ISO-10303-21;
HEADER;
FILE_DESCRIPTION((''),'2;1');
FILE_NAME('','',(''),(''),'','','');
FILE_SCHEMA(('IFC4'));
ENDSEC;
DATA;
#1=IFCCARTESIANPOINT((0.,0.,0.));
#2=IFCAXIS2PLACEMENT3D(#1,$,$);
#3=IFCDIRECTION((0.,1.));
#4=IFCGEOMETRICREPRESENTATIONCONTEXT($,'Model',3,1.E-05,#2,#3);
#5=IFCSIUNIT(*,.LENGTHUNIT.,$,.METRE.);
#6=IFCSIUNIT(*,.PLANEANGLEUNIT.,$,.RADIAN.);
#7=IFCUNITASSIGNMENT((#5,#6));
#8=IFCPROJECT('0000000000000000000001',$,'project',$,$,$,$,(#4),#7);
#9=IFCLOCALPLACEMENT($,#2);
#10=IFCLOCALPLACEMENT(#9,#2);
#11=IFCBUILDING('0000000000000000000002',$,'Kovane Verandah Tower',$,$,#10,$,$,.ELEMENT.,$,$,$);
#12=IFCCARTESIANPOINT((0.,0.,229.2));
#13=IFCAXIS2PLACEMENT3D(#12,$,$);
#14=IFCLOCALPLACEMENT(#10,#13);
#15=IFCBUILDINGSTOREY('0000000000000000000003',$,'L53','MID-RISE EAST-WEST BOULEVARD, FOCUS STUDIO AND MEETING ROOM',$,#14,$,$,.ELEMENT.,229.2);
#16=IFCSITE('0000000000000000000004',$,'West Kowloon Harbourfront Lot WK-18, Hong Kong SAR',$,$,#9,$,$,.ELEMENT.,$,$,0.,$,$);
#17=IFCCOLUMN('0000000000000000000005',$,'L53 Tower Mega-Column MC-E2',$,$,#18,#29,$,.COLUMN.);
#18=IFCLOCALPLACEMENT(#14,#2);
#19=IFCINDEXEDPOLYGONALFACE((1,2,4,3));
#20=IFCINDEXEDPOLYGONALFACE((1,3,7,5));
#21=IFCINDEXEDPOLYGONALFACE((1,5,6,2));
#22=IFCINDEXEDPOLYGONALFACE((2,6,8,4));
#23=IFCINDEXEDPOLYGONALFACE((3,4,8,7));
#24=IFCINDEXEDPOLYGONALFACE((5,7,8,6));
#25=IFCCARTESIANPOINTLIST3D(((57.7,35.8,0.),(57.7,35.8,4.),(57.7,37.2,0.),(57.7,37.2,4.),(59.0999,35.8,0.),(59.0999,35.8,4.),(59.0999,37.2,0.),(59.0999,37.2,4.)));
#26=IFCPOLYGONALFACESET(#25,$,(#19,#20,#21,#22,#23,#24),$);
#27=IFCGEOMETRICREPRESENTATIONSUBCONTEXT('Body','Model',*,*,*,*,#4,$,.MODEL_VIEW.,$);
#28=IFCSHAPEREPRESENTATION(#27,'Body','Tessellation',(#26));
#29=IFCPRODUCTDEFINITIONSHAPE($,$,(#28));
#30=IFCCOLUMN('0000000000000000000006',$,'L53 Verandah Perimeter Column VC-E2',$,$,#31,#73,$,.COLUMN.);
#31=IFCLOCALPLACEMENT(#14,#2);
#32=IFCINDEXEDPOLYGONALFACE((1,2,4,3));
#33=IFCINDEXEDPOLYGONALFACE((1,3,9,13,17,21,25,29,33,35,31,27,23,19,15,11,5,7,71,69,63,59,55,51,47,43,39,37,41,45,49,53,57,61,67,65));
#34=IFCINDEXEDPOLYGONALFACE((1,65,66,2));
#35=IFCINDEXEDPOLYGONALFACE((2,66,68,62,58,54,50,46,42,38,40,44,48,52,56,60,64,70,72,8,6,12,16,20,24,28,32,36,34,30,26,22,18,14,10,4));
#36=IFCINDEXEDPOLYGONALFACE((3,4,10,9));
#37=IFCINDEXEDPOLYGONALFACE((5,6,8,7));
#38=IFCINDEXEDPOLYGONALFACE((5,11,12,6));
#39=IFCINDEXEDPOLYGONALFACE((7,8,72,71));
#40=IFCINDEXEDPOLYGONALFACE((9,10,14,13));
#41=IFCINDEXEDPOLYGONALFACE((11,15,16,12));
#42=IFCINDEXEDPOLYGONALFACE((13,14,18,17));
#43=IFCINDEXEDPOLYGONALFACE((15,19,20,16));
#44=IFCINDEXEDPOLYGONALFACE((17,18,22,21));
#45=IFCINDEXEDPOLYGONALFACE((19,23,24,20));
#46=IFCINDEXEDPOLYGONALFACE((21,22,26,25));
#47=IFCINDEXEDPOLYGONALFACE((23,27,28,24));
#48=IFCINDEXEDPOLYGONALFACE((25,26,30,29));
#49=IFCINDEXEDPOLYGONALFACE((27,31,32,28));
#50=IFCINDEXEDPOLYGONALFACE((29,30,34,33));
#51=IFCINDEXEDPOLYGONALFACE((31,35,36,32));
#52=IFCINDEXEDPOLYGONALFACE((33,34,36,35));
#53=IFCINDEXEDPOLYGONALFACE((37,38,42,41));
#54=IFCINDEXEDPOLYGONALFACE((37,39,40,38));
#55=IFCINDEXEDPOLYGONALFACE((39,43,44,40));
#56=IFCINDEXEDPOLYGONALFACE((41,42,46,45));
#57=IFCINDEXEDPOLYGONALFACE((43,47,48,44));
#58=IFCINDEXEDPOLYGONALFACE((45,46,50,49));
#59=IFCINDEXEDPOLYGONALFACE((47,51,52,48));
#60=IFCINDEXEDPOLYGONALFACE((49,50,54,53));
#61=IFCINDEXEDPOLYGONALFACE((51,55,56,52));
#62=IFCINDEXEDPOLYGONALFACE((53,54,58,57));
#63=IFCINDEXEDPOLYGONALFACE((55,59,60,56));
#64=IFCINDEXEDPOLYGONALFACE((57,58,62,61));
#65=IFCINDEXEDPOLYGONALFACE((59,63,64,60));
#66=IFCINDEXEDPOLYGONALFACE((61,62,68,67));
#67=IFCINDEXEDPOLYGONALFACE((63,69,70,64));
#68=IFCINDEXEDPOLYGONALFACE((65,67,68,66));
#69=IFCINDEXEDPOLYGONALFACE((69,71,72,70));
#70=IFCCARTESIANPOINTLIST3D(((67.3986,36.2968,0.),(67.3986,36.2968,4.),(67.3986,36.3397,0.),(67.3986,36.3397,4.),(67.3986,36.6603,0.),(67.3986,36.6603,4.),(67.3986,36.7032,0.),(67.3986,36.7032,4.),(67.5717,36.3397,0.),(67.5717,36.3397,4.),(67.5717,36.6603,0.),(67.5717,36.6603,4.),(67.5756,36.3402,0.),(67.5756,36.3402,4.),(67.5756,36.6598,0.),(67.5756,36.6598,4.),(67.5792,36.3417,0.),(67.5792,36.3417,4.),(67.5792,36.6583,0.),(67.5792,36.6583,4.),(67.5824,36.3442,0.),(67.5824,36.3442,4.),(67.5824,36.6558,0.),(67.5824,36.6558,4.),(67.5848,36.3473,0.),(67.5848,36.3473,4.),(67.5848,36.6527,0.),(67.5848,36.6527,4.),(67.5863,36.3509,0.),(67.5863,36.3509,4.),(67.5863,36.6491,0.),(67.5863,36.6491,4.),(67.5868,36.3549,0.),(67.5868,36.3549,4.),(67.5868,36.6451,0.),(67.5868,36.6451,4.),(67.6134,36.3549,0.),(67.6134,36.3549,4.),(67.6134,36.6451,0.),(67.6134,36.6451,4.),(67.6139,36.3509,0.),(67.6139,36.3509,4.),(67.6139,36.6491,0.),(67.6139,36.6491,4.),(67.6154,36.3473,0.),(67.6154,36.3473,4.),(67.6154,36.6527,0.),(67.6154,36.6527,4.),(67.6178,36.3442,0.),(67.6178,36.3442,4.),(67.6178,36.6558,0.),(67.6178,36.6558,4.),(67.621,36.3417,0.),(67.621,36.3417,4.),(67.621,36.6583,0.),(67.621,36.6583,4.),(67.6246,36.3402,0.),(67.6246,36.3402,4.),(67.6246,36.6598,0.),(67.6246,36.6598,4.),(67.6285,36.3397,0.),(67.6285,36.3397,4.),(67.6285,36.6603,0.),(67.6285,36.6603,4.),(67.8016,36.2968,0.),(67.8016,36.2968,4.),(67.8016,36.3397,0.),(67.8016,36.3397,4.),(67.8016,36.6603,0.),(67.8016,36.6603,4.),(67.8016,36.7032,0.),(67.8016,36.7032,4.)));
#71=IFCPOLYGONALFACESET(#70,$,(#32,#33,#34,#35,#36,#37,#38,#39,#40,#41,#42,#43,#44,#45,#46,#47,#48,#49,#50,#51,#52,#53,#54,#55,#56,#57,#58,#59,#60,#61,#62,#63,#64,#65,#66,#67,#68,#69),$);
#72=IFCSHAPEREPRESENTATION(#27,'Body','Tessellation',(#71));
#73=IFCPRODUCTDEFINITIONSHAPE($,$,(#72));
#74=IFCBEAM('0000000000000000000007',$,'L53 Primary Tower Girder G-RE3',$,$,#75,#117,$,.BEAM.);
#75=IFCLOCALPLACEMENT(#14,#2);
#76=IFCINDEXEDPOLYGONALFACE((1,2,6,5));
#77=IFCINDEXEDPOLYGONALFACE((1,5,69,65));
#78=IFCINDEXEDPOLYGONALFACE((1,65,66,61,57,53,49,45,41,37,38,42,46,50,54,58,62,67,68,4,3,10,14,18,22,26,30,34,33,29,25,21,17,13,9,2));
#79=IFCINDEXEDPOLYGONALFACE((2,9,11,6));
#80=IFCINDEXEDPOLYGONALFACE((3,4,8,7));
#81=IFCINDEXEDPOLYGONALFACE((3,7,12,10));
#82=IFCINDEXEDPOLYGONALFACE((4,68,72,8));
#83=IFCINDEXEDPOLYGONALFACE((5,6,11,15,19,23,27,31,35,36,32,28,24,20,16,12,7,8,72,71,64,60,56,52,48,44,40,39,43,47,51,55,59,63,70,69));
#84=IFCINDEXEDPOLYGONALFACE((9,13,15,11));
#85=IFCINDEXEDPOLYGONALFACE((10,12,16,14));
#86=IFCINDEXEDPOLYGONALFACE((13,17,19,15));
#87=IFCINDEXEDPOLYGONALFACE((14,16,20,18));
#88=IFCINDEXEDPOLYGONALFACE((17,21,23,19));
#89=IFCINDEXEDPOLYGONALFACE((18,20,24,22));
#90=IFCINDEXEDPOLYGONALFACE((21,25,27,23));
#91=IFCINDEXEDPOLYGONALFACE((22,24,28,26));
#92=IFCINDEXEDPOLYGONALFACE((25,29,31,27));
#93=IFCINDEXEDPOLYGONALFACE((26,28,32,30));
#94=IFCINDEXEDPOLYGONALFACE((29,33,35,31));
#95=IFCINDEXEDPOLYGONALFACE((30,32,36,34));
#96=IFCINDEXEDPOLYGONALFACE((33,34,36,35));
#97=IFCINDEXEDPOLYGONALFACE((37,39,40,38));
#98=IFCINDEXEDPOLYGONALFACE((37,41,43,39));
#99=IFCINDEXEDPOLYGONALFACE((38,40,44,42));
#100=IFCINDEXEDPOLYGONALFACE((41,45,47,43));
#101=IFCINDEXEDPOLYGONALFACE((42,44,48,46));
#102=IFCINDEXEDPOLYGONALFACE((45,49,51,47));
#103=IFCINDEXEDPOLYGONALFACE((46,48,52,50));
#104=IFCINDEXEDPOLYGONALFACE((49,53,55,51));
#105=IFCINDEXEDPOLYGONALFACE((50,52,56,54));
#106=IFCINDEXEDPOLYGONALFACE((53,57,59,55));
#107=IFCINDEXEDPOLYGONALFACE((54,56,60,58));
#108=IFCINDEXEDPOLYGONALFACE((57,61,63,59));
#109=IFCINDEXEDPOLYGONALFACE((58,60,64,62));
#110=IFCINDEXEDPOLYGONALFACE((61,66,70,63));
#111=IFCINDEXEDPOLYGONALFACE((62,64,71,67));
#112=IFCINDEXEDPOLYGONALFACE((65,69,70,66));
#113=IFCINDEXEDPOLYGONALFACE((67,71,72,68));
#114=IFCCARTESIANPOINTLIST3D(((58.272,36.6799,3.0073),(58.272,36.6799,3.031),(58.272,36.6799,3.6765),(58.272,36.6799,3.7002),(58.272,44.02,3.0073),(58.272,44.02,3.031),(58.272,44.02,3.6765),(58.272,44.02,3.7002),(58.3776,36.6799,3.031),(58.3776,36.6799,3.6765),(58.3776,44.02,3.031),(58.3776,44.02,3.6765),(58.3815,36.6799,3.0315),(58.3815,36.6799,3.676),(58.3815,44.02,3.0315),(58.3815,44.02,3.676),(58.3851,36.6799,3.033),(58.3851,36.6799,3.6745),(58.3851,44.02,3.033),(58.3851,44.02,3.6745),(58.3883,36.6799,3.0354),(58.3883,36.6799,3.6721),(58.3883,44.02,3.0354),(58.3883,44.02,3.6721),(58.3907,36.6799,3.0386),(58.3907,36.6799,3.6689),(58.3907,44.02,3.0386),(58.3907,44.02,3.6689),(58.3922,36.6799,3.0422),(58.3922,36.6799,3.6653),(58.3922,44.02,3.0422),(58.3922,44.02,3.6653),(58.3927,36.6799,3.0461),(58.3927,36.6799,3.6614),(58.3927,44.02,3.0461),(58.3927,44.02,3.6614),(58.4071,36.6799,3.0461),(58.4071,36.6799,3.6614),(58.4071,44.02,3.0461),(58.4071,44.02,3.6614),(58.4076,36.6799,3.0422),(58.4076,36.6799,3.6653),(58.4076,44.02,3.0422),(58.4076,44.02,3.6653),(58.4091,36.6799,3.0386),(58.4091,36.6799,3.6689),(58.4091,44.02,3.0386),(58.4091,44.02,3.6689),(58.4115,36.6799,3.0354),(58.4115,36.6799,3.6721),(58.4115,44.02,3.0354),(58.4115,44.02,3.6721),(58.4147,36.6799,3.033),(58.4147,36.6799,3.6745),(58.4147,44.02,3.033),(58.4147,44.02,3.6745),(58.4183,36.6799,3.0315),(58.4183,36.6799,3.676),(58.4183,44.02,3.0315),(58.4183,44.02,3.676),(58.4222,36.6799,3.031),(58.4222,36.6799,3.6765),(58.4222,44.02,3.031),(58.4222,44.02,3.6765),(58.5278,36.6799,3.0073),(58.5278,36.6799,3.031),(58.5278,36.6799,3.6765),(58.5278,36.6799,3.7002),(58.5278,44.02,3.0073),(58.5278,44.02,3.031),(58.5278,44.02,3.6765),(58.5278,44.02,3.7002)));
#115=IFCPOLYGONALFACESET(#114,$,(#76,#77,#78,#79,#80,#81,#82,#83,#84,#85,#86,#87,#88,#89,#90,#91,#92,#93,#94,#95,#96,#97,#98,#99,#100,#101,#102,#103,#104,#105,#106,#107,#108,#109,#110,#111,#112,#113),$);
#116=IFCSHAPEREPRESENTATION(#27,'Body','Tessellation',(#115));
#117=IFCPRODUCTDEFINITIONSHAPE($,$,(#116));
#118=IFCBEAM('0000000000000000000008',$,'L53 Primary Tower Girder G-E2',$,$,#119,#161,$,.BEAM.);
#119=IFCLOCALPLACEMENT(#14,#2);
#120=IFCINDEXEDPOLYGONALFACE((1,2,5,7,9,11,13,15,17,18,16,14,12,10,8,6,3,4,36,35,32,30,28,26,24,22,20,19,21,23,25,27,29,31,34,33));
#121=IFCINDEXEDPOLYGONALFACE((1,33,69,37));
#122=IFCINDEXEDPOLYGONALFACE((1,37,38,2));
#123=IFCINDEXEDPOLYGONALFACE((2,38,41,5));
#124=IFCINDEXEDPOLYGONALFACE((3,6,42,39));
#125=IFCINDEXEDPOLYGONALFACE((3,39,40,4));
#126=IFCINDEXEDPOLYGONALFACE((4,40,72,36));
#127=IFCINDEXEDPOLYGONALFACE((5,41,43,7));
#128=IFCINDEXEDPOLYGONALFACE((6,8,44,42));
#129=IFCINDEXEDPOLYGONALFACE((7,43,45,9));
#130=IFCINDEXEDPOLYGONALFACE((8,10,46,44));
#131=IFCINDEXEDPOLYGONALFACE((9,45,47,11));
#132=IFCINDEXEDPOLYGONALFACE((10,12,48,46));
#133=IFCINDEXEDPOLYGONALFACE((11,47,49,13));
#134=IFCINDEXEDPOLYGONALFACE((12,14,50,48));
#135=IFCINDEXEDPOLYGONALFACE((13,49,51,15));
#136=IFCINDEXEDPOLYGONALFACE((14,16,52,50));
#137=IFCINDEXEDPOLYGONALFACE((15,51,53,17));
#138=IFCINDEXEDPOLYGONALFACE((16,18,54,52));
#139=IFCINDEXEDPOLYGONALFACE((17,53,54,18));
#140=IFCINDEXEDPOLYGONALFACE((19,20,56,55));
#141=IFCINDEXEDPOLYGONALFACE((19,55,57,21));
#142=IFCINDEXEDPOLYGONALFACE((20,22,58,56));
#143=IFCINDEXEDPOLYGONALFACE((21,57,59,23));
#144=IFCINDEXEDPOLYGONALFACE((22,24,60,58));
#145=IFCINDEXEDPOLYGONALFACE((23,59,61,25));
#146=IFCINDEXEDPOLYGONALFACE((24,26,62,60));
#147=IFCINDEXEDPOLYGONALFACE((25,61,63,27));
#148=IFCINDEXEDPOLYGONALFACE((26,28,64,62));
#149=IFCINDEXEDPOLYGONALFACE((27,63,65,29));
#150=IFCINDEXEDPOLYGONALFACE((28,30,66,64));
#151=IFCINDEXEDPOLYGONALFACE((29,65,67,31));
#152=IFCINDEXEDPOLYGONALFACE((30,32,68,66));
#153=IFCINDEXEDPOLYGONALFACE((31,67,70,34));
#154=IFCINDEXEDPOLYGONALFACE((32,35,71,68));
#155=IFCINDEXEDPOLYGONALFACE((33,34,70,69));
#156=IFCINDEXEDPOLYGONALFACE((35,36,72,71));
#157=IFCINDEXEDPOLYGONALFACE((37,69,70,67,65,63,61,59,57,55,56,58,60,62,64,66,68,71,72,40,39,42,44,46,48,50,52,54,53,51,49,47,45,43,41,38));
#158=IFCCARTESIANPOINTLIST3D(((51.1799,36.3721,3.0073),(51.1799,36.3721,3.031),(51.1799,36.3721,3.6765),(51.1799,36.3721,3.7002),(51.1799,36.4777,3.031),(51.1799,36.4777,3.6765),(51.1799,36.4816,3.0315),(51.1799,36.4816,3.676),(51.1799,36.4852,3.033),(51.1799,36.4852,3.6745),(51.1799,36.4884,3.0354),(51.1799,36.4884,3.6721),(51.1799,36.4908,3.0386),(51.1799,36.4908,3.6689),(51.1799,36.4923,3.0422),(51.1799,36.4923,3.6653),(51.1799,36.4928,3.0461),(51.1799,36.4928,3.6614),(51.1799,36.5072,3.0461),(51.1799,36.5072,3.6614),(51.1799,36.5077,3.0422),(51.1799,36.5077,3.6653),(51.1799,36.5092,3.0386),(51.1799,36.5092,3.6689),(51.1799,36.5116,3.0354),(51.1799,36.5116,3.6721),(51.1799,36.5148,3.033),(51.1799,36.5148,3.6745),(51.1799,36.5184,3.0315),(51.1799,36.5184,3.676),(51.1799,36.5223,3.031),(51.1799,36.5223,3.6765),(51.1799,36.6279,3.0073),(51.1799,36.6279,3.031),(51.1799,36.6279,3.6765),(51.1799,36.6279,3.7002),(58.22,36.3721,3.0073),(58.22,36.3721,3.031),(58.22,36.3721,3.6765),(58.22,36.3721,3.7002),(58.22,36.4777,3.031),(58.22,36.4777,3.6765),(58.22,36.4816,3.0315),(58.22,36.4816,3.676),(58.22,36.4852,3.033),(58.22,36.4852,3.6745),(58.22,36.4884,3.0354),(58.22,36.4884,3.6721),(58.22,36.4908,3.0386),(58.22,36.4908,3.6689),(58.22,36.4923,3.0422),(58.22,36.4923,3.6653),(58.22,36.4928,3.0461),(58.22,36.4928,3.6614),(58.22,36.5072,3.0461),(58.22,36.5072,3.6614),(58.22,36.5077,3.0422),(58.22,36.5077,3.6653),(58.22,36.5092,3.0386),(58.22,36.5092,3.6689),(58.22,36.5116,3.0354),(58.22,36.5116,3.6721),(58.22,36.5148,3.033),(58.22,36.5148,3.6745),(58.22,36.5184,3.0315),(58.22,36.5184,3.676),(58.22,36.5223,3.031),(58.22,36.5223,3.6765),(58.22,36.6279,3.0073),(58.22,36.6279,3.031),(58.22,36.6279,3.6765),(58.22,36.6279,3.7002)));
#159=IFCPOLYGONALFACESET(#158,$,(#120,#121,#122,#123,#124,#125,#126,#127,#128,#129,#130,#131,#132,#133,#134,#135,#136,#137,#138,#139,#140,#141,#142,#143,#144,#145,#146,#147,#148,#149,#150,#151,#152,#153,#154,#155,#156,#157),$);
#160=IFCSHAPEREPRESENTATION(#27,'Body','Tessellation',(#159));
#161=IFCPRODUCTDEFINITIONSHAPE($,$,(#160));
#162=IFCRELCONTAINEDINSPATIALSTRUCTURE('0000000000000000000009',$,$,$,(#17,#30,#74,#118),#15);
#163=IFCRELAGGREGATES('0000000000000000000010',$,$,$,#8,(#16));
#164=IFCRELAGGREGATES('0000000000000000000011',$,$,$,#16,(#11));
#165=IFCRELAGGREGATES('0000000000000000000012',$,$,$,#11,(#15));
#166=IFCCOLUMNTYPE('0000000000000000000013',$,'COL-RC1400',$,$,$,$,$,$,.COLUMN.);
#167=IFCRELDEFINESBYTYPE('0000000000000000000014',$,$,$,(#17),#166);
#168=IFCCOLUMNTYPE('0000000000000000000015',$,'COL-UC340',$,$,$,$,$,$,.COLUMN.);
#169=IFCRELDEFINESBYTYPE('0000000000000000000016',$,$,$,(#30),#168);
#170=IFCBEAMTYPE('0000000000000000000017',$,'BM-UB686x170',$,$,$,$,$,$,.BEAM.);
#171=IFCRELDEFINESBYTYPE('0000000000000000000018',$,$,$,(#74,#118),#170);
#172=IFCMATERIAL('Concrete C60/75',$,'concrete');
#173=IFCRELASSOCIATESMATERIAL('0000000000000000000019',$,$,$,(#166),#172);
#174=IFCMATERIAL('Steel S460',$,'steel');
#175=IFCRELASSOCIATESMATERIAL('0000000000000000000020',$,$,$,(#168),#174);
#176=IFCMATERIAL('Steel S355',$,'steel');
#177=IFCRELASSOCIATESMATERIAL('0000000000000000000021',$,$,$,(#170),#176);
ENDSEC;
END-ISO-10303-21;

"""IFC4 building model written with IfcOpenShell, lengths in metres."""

from ifc_helpers import new_model, si_unit, direction, frame, origin, origin_2d, place, context, subcontext, project, spatial, rectangle, i_section, extrude, material, material_profile, profile_set, type_object, element, save


model = new_model("IFC4")

# Units and contexts
model_context = context("Model", 3, precision=1e-05, world=origin(), true_north=direction((0.0, 1.0)))
body_context = subcontext(model_context, "Body", "Model", "MODEL_VIEW")
ifc_project = project(units=[si_unit("LENGTHUNIT", "METRE"), si_unit("PLANEANGLEUNIT", "RADIAN")], contexts=[model_context])

# Site, building, storey
site_placement = place(None, origin())
site = spatial("IfcSite", under=ifc_project, at=site_placement, Name="West Kowloon Harbourfront Lot WK-18, Hong Kong SAR", CompositionType="ELEMENT", RefElevation=0.0)
building_placement = place(site_placement, origin())
building = spatial("IfcBuilding", under=site, at=building_placement, Name="Kovane Verandah Tower", CompositionType="ELEMENT")
storey_placement = place(building_placement, frame((0.0, 0.0, 229.2)))
storey = spatial("IfcBuildingStorey", under=building, at=storey_placement, Name="L53", Description="MID-RISE EAST-WEST BOULEVARD, FOCUS STUDIO AND MEETING ROOM", CompositionType="ELEMENT", Elevation=229.2)

# Columns
ifc_material_1 = material(Name="Concrete C60/75", Category="concrete")
ifc_material_profile_1 = material_profile(ifc_material_1, rectangle(XDim=1.3999, YDim=1.3999, at=origin_2d()), Name="RC1400x1400")
ifc_profile_set_1 = profile_set([ifc_material_profile_1], Name="Concrete C60/75")
column_type_1 = type_object("IfcColumnType", Name="COL-RC1400", PredefinedType="COLUMN", material=ifc_profile_set_1)
column_1_placement = place(storey_placement, frame((58.3999, 36.5, 0.0), z_axis=(0.0, 0.0, 1.0), x_axis=(1.0, 0.0, 0.0)))
element("IfcColumn", 1, at=column_1_placement, inside=storey, type_object=column_type_1, Name="L53 Tower Mega-Column MC-E2", PredefinedType="COLUMN", context=body_context, shape_type="SweptSolid", body=[
    extrude(rectangle(XDim=1.3999, YDim=1.3999, at=origin_2d()), origin(), (0.0, 0.0, 1.0), 4.0),
])
ifc_material_2 = material(Name="Steel S460", Category="steel")
ifc_material_profile_2 = material_profile(ifc_material_2, i_section(OverallWidth=0.4031, OverallDepth=0.4065, WebThickness=0.0266, FlangeThickness=0.043, FilletRadius=0.0151, at=origin_2d()), Name="UC356x406x340")
ifc_profile_set_2 = profile_set([ifc_material_profile_2], Name="Steel S460")
column_type_2 = type_object("IfcColumnType", Name="COL-UC340", PredefinedType="COLUMN", material=ifc_profile_set_2)
column_2_placement = place(storey_placement, frame((67.6001, 36.5, 0.0), z_axis=(0.0, 0.0, 1.0), x_axis=(1.0, 0.0, 0.0)))
element("IfcColumn", 2, at=column_2_placement, inside=storey, type_object=column_type_2, Name="L53 Verandah Perimeter Column VC-E2", PredefinedType="COLUMN", context=body_context, shape_type="SweptSolid", body=[
    extrude(i_section(OverallWidth=0.4031, OverallDepth=0.4065, WebThickness=0.0266, FlangeThickness=0.043, FilletRadius=0.0151, at=origin_2d()), origin(), (0.0, 0.0, 1.0), 4.0),
])

# Beams
ifc_material_3 = material(Name="Steel S355", Category="steel")
ifc_material_profile_3 = material_profile(ifc_material_3, i_section(OverallWidth=0.2559, OverallDepth=0.6929, WebThickness=0.0144, FlangeThickness=0.0237, FilletRadius=0.0151, at=origin_2d()), Name="UB686x254x170")
ifc_profile_set_3 = profile_set([ifc_material_profile_3], Name="Steel S355")
beam_type_1 = type_object("IfcBeamType", Name="BM-UB686x170", PredefinedType="BEAM", material=ifc_profile_set_3)
beam_1_placement = place(storey_placement, frame((58.3999, 36.6799, 3.3538), z_axis=(0.0, 1.0, 0.0), x_axis=(-1.0, 0.0, 0.0)))
element("IfcBeam", 3, at=beam_1_placement, inside=storey, type_object=beam_type_1, Name="L53 Primary Tower Girder G-RE3", PredefinedType="BEAM", context=body_context, shape_type="SweptSolid", body=[
    extrude(i_section(OverallWidth=0.2559, OverallDepth=0.6929, WebThickness=0.0144, FlangeThickness=0.0237, FilletRadius=0.0151, at=origin_2d()), origin(), (0.0, 0.0, 1.0), 7.3401),
])
beam_2_placement = place(storey_placement, frame((51.1799, 36.5, 3.3538), z_axis=(1.0, 0.0, 0.0), x_axis=(0.0, 1.0, 0.0)))
element("IfcBeam", 4, at=beam_2_placement, inside=storey, type_object=beam_type_1, Name="L53 Primary Tower Girder G-E2", PredefinedType="BEAM", context=body_context, shape_type="SweptSolid", body=[
    extrude(i_section(OverallWidth=0.2559, OverallDepth=0.6929, WebThickness=0.0144, FlangeThickness=0.0237, FilletRadius=0.0151, at=origin_2d()), origin(), (0.0, 0.0, 1.0), 7.04),
])

save(model, "model.ifc")
